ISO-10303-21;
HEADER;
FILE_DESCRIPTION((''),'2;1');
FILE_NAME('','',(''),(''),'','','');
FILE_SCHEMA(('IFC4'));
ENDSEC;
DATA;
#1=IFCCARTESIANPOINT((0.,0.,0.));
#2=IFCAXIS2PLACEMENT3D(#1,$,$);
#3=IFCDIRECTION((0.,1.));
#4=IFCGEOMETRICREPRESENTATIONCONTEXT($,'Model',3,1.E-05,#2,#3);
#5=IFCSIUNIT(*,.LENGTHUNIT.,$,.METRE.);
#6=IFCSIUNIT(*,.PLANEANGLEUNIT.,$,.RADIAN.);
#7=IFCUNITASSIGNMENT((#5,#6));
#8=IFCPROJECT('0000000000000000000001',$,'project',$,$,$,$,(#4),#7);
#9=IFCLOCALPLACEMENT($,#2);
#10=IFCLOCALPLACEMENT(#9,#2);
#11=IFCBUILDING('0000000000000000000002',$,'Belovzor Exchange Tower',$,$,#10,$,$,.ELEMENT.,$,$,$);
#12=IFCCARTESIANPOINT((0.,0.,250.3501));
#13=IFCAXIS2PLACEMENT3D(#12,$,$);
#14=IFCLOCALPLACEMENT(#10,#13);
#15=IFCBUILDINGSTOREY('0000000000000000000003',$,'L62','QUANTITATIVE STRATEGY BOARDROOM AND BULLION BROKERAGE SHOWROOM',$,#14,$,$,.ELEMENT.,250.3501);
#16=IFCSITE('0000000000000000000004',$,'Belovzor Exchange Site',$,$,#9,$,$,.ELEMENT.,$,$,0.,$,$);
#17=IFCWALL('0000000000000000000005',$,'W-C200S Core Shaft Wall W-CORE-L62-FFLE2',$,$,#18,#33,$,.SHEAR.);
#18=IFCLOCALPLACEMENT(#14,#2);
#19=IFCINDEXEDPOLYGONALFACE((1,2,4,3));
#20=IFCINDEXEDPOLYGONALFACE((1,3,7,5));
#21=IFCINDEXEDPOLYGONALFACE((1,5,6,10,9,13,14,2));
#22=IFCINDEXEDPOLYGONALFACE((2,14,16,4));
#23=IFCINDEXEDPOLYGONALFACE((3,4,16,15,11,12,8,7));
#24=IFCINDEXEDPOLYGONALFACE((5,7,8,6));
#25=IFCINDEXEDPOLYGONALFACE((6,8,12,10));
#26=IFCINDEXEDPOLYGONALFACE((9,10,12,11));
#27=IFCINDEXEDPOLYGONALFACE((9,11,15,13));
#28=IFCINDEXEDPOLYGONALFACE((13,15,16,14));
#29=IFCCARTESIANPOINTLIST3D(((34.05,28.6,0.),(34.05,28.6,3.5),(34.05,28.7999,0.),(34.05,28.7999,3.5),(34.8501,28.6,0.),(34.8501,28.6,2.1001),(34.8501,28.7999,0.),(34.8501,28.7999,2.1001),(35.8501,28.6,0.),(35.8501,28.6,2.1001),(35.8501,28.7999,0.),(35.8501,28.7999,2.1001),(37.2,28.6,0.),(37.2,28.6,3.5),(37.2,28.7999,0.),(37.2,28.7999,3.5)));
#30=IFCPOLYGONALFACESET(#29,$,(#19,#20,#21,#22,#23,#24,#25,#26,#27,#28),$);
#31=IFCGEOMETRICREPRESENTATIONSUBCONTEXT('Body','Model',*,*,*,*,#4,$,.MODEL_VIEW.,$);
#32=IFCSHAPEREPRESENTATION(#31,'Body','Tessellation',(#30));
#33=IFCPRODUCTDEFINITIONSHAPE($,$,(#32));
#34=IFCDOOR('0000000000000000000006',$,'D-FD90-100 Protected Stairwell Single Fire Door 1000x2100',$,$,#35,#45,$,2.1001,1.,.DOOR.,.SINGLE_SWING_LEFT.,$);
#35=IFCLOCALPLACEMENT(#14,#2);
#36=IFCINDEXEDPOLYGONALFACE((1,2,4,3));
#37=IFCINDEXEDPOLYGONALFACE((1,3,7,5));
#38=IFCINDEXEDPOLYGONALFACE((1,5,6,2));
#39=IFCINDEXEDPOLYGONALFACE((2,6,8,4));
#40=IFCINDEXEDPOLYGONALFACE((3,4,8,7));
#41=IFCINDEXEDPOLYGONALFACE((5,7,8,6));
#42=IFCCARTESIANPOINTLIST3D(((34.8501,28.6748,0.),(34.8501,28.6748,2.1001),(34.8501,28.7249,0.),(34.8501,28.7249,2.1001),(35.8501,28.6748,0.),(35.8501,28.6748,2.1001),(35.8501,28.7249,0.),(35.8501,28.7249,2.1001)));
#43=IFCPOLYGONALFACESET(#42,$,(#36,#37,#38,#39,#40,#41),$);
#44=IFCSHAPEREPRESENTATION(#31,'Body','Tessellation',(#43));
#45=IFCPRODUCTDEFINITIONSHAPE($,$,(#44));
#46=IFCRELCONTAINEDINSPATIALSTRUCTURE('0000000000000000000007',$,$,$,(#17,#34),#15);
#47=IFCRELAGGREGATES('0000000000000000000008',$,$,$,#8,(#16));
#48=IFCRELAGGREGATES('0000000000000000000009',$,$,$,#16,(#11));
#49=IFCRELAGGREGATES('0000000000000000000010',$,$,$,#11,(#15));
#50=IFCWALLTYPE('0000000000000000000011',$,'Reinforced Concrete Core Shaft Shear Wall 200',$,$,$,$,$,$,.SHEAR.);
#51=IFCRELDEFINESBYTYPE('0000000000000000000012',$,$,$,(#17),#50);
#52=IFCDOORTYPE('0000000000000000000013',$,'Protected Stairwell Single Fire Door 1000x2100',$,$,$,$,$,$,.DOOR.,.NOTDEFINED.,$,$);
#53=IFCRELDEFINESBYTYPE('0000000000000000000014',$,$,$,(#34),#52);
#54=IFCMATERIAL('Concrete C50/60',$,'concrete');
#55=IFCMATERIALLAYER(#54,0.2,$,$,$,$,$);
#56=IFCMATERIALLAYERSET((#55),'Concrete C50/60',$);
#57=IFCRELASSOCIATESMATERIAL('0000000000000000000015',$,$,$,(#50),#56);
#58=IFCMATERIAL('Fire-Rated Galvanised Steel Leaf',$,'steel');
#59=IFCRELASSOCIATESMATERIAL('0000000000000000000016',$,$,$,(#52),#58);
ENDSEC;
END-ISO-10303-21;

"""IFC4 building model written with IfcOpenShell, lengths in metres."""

from ifc_helpers import new_model, si_unit, direction, frame, frame_2d, origin, place, context, subcontext, project, spatial, rectangle, extrude, material, layer, layer_set, type_object, element, fill, save


model = new_model("IFC4")

# Units and contexts
model_context = context("Model", 3, precision=1e-05, world=origin(), true_north=direction((0.0, 1.0)))
body_context = subcontext(model_context, "Body", "Model", "MODEL_VIEW")
ifc_project = project(units=[si_unit("LENGTHUNIT", "METRE"), si_unit("PLANEANGLEUNIT", "RADIAN")], contexts=[model_context])

# Site, building, storey
site_placement = place(None, origin())
site = spatial("IfcSite", under=ifc_project, at=site_placement, Name="Belovzor Exchange Site", CompositionType="ELEMENT", RefElevation=0.0)
building_placement = place(site_placement, origin())
building = spatial("IfcBuilding", under=site, at=building_placement, Name="Belovzor Exchange Tower", CompositionType="ELEMENT")
storey_placement = place(building_placement, frame((0.0, 0.0, 250.3501)))
storey = spatial("IfcBuildingStorey", under=building, at=storey_placement, Name="L62", Description="QUANTITATIVE STRATEGY BOARDROOM AND BULLION BROKERAGE SHOWROOM", CompositionType="ELEMENT", Elevation=250.3501)

# Wall, opening, door
ifc_material_1 = material(Name="Concrete C50/60", Category="concrete")
ifc_layer_1 = layer(ifc_material_1, 0.2)
ifc_layer_set_1 = layer_set([ifc_layer_1], Name="Concrete C50/60")
wall_type_1 = type_object("IfcWallType", Name="Reinforced Concrete Core Shaft Shear Wall 200", PredefinedType="SHEAR", material=ifc_layer_set_1)
wall_1_placement = place(storey_placement, frame((34.05, 28.7, 0.0), z_axis=(0.0, 0.0, 1.0), x_axis=(1.0, 0.0, 0.0)))
wall_1 = element("IfcWall", 1, at=wall_1_placement, inside=storey, type_object=wall_type_1, Name="W-C200S Core Shaft Wall W-CORE-L62-FFLE2", PredefinedType="SHEAR", context=body_context, shape_type="SweptSolid", body=[
    extrude(rectangle(XDim=3.1499, YDim=0.2, at=frame_2d((1.575, 0.0))), origin(), (0.0, 0.0, 1.0), 3.5),
])
opening_1_placement = place(wall_1_placement, frame((0.8, 0.0, 0.0)))
opening_1 = element("IfcOpeningElement", 2, at=opening_1_placement, cuts=wall_1, PredefinedType="OPENING", context=body_context, shape_type="SweptSolid", body=[
    extrude(rectangle(XDim=1.0, YDim=2.1001, at=frame_2d((0.5, 1.05))), frame((0.0, 0.1099, 0.0), z_axis=(0.0, -1.0, 0.0), x_axis=(1.0, 0.0, 0.0)), (0.0, 0.0, 1.0), 0.22),
])
ifc_material_2 = material(Name="Fire-Rated Galvanised Steel Leaf", Category="steel")
door_type_1 = type_object("IfcDoorType", Name="Protected Stairwell Single Fire Door 1000x2100", OperationType="NOTDEFINED", PredefinedType="DOOR", material=ifc_material_2)
door_1_placement = place(opening_1_placement, origin())
door_1 = element("IfcDoor", 3, at=door_1_placement, inside=storey, type_object=door_type_1, Name="D-FD90-100 Protected Stairwell Single Fire Door 1000x2100", OperationType="SINGLE_SWING_LEFT", OverallHeight=2.1001, OverallWidth=1.0, PredefinedType="DOOR", context=body_context, shape_type="SweptSolid", body=[
    extrude(rectangle(XDim=1.0, YDim=2.1001, at=frame_2d((0.5, 1.05))), frame((0.0, 0.0249, 0.0), z_axis=(0.0, -1.0, 0.0), x_axis=(1.0, 0.0, 0.0)), (0.0, 0.0, 1.0), 0.05),
])
fill(opening_1, door_1)

save(model, "model.ifc")
